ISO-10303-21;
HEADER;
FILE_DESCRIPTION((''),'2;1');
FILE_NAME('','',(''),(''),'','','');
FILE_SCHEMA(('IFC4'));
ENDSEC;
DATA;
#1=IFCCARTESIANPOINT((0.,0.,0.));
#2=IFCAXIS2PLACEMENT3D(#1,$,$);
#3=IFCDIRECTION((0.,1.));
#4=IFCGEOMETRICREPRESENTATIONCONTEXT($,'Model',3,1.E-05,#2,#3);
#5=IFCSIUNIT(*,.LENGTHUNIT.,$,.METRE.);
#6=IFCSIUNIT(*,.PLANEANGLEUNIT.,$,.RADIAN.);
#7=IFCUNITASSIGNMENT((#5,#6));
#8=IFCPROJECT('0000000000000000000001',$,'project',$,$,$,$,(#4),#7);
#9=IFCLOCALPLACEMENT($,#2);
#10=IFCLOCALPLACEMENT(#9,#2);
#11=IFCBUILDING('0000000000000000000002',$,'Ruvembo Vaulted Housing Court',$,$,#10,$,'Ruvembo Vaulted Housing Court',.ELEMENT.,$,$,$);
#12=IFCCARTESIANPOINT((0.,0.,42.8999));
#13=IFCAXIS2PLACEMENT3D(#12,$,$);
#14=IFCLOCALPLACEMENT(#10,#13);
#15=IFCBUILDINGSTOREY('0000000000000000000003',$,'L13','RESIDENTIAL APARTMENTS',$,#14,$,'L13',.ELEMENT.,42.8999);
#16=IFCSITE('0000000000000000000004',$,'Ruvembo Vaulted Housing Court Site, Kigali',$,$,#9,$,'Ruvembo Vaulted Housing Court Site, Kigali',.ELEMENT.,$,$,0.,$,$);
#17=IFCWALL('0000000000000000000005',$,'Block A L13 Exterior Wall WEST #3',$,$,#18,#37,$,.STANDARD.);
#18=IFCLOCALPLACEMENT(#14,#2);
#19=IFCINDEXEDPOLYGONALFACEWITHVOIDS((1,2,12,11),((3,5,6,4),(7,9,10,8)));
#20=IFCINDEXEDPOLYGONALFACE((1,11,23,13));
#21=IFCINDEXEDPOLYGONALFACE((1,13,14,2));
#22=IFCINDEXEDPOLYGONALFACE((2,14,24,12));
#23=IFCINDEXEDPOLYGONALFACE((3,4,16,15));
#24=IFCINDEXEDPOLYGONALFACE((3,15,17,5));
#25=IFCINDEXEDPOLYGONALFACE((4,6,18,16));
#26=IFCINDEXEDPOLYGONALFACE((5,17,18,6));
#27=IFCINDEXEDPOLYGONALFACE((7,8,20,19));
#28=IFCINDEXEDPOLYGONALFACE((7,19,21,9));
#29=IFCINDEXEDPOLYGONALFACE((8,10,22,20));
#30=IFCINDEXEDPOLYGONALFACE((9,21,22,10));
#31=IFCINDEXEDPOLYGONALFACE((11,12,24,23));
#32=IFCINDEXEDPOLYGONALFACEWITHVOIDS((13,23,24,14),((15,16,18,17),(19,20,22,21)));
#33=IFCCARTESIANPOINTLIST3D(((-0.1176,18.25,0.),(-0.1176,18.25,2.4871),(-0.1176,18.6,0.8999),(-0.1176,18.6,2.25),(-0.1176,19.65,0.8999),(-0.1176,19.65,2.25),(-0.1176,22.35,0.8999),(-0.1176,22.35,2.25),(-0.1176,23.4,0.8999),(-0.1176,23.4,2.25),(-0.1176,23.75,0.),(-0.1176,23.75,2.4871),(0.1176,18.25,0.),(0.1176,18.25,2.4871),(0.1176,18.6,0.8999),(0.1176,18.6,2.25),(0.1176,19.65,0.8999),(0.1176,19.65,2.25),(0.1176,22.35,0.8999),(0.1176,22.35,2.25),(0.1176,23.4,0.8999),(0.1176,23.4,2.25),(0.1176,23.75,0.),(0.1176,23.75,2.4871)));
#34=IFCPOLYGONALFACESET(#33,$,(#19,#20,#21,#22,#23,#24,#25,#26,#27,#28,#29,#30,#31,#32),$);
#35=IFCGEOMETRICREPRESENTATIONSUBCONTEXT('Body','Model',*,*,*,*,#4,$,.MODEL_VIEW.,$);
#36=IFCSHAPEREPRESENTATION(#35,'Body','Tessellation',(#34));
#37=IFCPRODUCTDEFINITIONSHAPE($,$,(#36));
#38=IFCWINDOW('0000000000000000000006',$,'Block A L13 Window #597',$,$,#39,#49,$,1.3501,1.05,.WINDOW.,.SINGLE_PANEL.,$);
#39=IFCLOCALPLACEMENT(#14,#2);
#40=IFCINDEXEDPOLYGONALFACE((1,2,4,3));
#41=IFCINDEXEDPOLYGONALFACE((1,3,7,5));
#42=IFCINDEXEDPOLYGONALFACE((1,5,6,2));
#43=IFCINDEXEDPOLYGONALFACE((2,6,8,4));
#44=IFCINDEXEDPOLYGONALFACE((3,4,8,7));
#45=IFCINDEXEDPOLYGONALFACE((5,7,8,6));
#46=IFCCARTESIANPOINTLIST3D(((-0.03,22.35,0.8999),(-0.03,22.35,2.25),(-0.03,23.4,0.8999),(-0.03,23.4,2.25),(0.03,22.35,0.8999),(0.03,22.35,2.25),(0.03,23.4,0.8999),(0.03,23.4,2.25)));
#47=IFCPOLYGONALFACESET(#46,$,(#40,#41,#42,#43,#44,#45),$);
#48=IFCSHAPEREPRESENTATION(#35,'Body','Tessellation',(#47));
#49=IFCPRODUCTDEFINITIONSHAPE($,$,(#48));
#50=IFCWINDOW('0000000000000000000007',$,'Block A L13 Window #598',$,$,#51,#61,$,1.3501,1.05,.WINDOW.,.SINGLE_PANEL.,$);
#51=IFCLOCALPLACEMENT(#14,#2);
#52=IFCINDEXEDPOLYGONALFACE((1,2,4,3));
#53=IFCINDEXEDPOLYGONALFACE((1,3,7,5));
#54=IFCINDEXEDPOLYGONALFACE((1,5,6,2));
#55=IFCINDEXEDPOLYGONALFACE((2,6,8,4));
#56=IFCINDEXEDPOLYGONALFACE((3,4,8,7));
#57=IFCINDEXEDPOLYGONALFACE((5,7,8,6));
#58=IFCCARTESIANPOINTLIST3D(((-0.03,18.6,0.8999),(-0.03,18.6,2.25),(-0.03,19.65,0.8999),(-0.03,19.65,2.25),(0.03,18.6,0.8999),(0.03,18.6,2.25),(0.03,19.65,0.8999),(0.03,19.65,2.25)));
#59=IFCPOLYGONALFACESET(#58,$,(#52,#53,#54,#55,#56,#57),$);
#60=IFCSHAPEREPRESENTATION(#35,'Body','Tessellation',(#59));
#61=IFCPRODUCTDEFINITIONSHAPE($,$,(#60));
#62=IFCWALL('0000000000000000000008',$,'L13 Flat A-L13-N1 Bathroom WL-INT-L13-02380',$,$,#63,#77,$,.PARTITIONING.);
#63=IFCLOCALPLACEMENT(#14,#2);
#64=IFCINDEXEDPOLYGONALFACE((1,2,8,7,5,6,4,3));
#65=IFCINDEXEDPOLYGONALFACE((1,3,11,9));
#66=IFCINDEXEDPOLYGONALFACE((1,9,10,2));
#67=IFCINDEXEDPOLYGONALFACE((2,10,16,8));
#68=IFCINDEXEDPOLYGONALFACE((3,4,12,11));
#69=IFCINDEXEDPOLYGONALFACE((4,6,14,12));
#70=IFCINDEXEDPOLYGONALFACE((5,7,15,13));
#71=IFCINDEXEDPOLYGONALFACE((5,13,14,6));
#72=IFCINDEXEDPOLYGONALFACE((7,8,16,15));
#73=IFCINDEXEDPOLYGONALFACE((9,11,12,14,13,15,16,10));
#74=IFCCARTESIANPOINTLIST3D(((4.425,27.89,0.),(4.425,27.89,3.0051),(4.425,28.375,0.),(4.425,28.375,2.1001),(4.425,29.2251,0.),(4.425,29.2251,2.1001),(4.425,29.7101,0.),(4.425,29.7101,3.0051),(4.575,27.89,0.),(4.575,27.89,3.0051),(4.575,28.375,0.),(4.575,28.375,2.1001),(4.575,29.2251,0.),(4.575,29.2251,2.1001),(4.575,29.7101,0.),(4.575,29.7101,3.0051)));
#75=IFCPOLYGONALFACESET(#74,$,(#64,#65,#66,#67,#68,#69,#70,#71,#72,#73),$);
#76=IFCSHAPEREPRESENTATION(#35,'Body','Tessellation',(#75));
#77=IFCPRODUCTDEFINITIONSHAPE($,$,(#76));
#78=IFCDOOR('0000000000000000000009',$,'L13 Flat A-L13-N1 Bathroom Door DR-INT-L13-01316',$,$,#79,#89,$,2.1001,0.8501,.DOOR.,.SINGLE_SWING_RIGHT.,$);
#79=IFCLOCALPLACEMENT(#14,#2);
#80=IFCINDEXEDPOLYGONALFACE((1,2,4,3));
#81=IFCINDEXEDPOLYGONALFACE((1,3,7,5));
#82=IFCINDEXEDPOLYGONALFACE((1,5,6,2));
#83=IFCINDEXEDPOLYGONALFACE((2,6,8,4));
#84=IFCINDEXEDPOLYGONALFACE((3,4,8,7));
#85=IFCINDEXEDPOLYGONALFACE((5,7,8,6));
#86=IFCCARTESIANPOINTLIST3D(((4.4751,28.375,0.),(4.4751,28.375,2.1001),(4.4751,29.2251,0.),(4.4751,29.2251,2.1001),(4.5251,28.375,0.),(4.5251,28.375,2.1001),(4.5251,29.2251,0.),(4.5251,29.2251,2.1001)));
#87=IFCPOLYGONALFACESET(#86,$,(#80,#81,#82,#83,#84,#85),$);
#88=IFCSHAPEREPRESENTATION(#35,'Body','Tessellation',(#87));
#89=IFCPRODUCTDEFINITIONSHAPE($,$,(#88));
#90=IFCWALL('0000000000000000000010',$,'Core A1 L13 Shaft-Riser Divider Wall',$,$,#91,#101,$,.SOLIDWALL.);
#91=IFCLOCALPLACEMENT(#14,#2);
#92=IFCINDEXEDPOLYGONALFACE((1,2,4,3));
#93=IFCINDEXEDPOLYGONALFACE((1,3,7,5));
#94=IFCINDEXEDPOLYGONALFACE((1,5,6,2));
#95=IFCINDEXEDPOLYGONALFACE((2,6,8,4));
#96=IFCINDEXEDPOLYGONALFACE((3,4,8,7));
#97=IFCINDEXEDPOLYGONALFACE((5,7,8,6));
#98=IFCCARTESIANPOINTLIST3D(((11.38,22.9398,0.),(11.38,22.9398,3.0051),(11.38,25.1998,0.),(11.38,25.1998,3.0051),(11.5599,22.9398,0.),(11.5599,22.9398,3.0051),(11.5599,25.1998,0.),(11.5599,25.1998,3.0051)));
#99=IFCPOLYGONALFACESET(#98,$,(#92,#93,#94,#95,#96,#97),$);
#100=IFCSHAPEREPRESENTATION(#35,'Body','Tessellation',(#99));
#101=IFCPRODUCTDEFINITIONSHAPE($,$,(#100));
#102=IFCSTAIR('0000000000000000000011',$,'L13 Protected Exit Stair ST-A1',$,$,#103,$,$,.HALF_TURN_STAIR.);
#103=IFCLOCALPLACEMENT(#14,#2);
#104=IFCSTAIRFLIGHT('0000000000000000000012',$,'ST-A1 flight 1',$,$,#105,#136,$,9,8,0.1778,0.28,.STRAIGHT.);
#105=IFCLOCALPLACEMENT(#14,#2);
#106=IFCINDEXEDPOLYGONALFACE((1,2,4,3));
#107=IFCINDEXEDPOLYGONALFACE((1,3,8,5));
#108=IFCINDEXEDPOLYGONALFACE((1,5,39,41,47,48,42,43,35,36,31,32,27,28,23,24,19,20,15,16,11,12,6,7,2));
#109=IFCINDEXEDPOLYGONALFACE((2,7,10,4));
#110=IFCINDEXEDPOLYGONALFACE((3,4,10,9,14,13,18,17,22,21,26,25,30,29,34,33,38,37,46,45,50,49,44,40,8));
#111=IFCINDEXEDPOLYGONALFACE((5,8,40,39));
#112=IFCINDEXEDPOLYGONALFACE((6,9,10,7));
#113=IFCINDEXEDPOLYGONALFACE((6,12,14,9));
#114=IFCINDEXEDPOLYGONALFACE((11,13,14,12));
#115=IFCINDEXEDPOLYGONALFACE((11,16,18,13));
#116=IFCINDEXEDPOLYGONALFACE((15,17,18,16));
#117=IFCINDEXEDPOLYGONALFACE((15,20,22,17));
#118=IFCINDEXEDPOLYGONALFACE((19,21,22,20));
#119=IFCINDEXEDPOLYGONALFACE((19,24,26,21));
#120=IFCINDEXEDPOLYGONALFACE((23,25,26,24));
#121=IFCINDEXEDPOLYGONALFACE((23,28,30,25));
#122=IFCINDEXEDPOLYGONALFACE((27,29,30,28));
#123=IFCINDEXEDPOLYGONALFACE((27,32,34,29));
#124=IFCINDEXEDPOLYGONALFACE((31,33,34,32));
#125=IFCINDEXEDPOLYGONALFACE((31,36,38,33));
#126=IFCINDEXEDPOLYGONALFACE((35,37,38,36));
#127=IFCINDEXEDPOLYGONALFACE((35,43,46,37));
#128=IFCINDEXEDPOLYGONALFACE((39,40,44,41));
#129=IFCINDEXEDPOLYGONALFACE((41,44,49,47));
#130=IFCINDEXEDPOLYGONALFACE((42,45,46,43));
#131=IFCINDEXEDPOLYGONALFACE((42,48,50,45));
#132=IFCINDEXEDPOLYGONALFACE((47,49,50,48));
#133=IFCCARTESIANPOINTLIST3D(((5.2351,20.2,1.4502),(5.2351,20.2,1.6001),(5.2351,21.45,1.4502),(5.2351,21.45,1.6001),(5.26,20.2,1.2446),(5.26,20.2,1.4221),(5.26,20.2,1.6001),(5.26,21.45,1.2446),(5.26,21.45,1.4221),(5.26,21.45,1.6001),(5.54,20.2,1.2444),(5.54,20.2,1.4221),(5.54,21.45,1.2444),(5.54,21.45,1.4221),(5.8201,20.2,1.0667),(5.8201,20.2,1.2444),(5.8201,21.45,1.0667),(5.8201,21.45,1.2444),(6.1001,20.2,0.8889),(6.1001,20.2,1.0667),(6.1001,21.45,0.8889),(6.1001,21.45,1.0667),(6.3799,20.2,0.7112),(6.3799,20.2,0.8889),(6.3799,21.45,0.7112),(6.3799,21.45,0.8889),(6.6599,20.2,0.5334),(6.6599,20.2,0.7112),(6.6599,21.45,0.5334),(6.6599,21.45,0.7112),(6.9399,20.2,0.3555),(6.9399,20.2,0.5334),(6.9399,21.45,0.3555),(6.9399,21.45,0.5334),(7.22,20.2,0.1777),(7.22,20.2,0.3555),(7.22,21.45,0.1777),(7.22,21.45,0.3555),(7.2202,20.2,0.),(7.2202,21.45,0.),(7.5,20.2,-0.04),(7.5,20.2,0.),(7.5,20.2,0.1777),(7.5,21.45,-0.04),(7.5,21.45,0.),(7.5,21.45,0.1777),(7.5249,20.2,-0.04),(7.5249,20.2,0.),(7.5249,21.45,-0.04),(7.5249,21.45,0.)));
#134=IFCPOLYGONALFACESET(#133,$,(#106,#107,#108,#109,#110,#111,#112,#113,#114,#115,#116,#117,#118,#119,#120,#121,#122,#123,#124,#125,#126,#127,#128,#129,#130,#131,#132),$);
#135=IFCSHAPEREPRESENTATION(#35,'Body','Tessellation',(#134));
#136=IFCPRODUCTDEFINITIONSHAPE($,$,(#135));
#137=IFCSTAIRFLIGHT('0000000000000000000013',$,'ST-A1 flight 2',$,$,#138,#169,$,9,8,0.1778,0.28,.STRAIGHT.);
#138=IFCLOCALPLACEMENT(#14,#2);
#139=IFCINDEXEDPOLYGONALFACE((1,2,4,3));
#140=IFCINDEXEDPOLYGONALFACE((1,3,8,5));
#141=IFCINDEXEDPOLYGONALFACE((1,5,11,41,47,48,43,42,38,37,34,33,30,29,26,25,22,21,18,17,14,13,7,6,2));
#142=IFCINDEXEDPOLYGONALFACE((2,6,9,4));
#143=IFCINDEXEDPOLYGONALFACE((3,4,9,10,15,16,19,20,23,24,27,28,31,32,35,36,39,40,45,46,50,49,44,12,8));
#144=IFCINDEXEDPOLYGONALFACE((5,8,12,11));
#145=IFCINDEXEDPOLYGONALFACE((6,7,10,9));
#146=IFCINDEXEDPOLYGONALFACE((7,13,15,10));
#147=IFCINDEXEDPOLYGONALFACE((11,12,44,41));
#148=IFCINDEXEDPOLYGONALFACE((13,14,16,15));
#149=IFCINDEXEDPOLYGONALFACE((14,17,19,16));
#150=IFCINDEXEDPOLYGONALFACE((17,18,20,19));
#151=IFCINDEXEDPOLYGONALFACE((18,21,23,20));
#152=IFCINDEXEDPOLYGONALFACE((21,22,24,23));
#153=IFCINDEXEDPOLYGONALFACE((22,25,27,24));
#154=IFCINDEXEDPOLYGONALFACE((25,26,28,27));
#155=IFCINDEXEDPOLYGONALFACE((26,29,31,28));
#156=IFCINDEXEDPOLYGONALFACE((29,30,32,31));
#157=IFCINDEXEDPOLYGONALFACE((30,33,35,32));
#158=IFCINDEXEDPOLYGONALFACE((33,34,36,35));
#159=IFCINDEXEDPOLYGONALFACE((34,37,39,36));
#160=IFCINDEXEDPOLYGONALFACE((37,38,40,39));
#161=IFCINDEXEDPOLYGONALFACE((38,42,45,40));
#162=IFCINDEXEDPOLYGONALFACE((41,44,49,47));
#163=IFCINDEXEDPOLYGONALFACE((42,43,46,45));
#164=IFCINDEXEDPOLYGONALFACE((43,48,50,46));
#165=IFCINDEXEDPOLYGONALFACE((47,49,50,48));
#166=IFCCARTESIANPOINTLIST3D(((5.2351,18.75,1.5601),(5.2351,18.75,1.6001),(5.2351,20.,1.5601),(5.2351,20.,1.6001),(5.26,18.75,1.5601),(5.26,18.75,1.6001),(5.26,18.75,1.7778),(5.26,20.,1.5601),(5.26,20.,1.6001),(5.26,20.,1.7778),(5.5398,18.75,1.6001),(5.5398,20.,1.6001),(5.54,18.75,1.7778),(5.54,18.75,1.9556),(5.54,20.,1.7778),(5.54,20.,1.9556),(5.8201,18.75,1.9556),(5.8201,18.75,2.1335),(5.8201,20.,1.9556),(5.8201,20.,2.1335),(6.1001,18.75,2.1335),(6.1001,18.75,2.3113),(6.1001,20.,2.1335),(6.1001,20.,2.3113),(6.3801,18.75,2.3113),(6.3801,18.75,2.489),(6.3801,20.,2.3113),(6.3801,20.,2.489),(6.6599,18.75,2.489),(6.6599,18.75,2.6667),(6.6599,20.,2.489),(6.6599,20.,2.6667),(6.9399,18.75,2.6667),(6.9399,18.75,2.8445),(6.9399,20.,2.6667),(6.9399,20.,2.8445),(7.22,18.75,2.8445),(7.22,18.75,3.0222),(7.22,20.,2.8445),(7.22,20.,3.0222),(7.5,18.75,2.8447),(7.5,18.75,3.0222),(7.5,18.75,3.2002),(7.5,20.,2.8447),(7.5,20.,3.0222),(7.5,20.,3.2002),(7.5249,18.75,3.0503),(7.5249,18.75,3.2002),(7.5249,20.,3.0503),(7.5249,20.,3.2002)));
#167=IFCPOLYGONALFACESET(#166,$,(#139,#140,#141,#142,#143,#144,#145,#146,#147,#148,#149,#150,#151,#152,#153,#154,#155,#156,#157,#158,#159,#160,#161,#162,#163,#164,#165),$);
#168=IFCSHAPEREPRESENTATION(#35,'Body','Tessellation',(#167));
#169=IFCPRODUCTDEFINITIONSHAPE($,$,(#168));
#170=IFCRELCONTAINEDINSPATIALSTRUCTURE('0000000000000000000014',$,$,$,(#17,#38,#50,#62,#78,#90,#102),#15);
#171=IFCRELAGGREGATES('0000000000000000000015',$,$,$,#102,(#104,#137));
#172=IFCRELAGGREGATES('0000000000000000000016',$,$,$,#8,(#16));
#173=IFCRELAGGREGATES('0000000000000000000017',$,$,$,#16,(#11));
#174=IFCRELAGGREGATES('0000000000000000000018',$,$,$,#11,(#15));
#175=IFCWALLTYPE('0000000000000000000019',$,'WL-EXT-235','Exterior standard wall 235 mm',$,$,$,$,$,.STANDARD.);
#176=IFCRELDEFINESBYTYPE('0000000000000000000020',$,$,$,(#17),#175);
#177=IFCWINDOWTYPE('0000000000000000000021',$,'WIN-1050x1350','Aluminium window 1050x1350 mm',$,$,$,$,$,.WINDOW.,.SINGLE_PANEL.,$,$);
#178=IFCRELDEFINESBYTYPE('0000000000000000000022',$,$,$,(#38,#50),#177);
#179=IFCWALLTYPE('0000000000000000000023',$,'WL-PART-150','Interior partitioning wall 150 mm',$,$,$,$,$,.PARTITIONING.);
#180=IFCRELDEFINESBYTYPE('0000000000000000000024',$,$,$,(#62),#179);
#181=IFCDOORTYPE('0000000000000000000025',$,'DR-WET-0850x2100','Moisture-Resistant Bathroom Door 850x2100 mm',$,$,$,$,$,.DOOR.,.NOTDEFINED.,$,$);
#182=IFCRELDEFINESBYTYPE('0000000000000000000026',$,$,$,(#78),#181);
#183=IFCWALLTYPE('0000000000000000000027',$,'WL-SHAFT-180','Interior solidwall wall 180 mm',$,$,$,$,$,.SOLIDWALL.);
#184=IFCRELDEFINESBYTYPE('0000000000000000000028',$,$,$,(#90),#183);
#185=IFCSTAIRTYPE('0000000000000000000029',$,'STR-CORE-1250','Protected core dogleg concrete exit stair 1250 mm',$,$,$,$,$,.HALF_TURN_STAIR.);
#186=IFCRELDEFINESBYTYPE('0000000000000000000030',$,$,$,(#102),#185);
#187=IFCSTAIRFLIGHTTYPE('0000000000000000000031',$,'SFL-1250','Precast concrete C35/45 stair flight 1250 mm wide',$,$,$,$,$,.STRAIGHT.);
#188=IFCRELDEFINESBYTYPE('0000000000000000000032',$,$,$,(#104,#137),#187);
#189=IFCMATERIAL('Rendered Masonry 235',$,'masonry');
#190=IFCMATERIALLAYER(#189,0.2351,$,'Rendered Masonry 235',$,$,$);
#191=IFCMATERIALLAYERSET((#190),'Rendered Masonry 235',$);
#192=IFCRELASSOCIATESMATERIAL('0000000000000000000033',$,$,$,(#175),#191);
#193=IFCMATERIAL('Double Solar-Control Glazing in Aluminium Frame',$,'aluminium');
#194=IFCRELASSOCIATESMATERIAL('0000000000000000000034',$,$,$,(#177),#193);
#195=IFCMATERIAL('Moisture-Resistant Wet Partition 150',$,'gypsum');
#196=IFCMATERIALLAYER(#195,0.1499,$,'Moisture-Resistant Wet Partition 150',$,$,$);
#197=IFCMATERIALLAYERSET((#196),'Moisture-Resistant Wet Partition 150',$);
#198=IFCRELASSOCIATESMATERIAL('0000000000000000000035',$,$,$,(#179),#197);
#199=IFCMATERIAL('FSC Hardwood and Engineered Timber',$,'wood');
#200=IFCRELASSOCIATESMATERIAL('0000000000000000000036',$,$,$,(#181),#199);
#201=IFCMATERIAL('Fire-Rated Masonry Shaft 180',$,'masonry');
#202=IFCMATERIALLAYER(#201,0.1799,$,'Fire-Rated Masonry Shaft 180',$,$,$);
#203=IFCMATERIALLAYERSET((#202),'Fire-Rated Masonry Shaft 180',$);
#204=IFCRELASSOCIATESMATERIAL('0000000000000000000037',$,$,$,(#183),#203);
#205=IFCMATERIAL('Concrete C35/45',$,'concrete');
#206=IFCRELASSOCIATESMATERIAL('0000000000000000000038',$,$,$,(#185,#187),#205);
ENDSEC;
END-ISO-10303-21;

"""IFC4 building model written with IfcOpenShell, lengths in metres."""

from ifc_helpers import new_model, si_unit, direction, frame, frame_2d, origin, place, context, subcontext, project, spatial, polyline, rectangle, outline, extrude, material, layer, layer_set, type_object, element, fill, aggregate, save


model = new_model("IFC4")

# Units and contexts
model_context = context("Model", 3, precision=1e-05, world=origin(), true_north=direction((0.0, 1.0)))
body_context = subcontext(model_context, "Body", "Model", "MODEL_VIEW")
ifc_project = project(units=[si_unit("LENGTHUNIT", "METRE"), si_unit("PLANEANGLEUNIT", "RADIAN")], contexts=[model_context])

# Site, building, storey
site_placement = place(None, origin())
site = spatial("IfcSite", under=ifc_project, at=site_placement, Name="Ruvembo Vaulted Housing Court Site, Kigali", LongName="Ruvembo Vaulted Housing Court Site, Kigali", CompositionType="ELEMENT", RefElevation=0.0)
building_placement = place(site_placement, origin())
building = spatial("IfcBuilding", under=site, at=building_placement, Name="Ruvembo Vaulted Housing Court", LongName="Ruvembo Vaulted Housing Court", CompositionType="ELEMENT")
storey_placement = place(building_placement, frame((0.0, 0.0, 42.8999)))
storey = spatial("IfcBuildingStorey", under=building, at=storey_placement, Name="L13", Description="RESIDENTIAL APARTMENTS", LongName="L13", CompositionType="ELEMENT", Elevation=42.8999)

# Shared definitions
ifc_material_1 = material(Name="Concrete C35/45", Category="concrete")

# Shared definitions
ifc_material_2 = material(Name="FSC Hardwood and Engineered Timber", Category="wood")

# Wall, openings, windows
ifc_material_3 = material(Name="Rendered Masonry 235", Category="masonry")
ifc_layer_1 = layer(ifc_material_3, 0.2351, Name="Rendered Masonry 235")
ifc_layer_set_1 = layer_set([ifc_layer_1], Name="Rendered Masonry 235")
wall_type_1 = type_object("IfcWallType", Name="WL-EXT-235", Description="Exterior standard wall 235 mm", PredefinedType="STANDARD", material=ifc_layer_set_1)
wall_1_placement = place(storey_placement, frame((0.0, 23.75, 0.0), z_axis=(0.0, 0.0, 1.0), x_axis=(0.0, -1.0, 0.0)))
wall_1 = element("IfcWall", 1, at=wall_1_placement, inside=storey, type_object=wall_type_1, Name="Block A L13 Exterior Wall WEST #3", PredefinedType="STANDARD", context=body_context, shape_type="SweptSolid", body=[
    extrude(rectangle(XDim=5.5, YDim=0.2351, at=frame_2d((2.75, 0.0))), origin(), (0.0, 0.0, 1.0), 2.4871),
])
opening_1_placement = place(wall_1_placement, frame((0.3501, 0.0, 0.8999)))
opening_1 = element("IfcOpeningElement", 2, at=opening_1_placement, cuts=wall_1, PredefinedType="OPENING", context=body_context, shape_type="SweptSolid", body=[
    extrude(rectangle(XDim=1.05, YDim=1.3501, at=frame_2d((0.5249, 0.675))), frame((0.0, 0.1274, 0.0), z_axis=(0.0, -1.0, 0.0), x_axis=(1.0, 0.0, 0.0)), (0.0, 0.0, 1.0), 0.2551),
])
opening_2_placement = place(wall_1_placement, frame((4.1001, 0.0, 0.8999)))
opening_2 = element("IfcOpeningElement", 3, at=opening_2_placement, cuts=wall_1, PredefinedType="OPENING", context=body_context, shape_type="SweptSolid", body=[
    extrude(rectangle(XDim=1.05, YDim=1.3501, at=frame_2d((0.5249, 0.675))), frame((0.0, 0.1274, 0.0), z_axis=(0.0, -1.0, 0.0), x_axis=(1.0, 0.0, 0.0)), (0.0, 0.0, 1.0), 0.2551),
])
ifc_material_4 = material(Name="Double Solar-Control Glazing in Aluminium Frame", Category="aluminium")
window_type = type_object("IfcWindowType", Name="WIN-1050x1350", Description="Aluminium window 1050x1350 mm", PartitioningType="SINGLE_PANEL", PredefinedType="WINDOW", material=ifc_material_4)
window_1_placement = place(opening_1_placement, origin())
window_1 = element("IfcWindow", 4, at=window_1_placement, inside=storey, type_object=window_type, Name="Block A L13 Window #597", OverallHeight=1.3501, OverallWidth=1.05, PartitioningType="SINGLE_PANEL", PredefinedType="WINDOW", context=body_context, shape_type="SweptSolid", body=[
    extrude(rectangle(XDim=1.05, YDim=1.3501, at=frame_2d((0.5249, 0.675))), frame((0.0, 0.03, 0.0), z_axis=(0.0, -1.0, 0.0), x_axis=(1.0, 0.0, 0.0)), (0.0, 0.0, 1.0), 0.0601),
])
fill(opening_1, window_1)
window_2_placement = place(opening_2_placement, origin())
window_2 = element("IfcWindow", 5, at=window_2_placement, inside=storey, type_object=window_type, Name="Block A L13 Window #598", OverallHeight=1.3501, OverallWidth=1.05, PartitioningType="SINGLE_PANEL", PredefinedType="WINDOW", context=body_context, shape_type="SweptSolid", body=[
    extrude(rectangle(XDim=1.05, YDim=1.3501, at=frame_2d((0.5249, 0.675))), frame((0.0, 0.03, 0.0), z_axis=(0.0, -1.0, 0.0), x_axis=(1.0, 0.0, 0.0)), (0.0, 0.0, 1.0), 0.0601),
])
fill(opening_2, window_2)

# Wall, opening, door
ifc_material_5 = material(Name="Moisture-Resistant Wet Partition 150", Category="gypsum")
ifc_layer_2 = layer(ifc_material_5, 0.1499, Name="Moisture-Resistant Wet Partition 150")
ifc_layer_set_2 = layer_set([ifc_layer_2], Name="Moisture-Resistant Wet Partition 150")
wall_type_2 = type_object("IfcWallType", Name="WL-PART-150", Description="Interior partitioning wall 150 mm", PredefinedType="PARTITIONING", material=ifc_layer_set_2)
wall_2_placement = place(storey_placement, frame((4.5, 27.8899, 0.0), z_axis=(0.0, 0.0, 1.0), x_axis=(0.0, 1.0, 0.0)))
wall_2 = element("IfcWall", 6, at=wall_2_placement, inside=storey, type_object=wall_type_2, Name="L13 Flat A-L13-N1 Bathroom WL-INT-L13-02380", PredefinedType="PARTITIONING", context=body_context, shape_type="SweptSolid", body=[
    extrude(rectangle(XDim=1.8201, YDim=0.1499, at=frame_2d((0.9102, 0.0))), origin(), (0.0, 0.0, 1.0), 3.0051),
])
opening_3_placement = place(wall_2_placement, frame((0.4851, 0.0, 0.0)))
opening_3 = element("IfcOpeningElement", 7, at=opening_3_placement, cuts=wall_2, PredefinedType="OPENING", context=body_context, shape_type="SweptSolid", body=[
    extrude(rectangle(XDim=0.8501, YDim=2.1001, at=frame_2d((0.425, 1.05))), frame((0.0, 0.085, 0.0), z_axis=(0.0, -1.0, 0.0), x_axis=(1.0, 0.0, 0.0)), (0.0, 0.0, 1.0), 0.1699),
])
door_type_1 = type_object("IfcDoorType", Name="DR-WET-0850x2100", Description="Moisture-Resistant Bathroom Door 850x2100 mm", OperationType="NOTDEFINED", PredefinedType="DOOR", material=ifc_material_2)
door_1_placement = place(opening_3_placement, origin())
door_1 = element("IfcDoor", 8, at=door_1_placement, inside=storey, type_object=door_type_1, Name="L13 Flat A-L13-N1 Bathroom Door DR-INT-L13-01316", OperationType="SINGLE_SWING_RIGHT", OverallHeight=2.1001, OverallWidth=0.8501, PredefinedType="DOOR", context=body_context, shape_type="SweptSolid", body=[
    extrude(rectangle(XDim=0.8501, YDim=2.1001, at=frame_2d((0.425, 1.05))), frame((0.0, 0.0249, 0.0), z_axis=(0.0, -1.0, 0.0), x_axis=(1.0, 0.0, 0.0)), (0.0, 0.0, 1.0), 0.05),
])
fill(opening_3, door_1)

# Shared definitions
ifc_material_6 = material(Name="Fire-Rated Masonry Shaft 180", Category="masonry")
ifc_layer_3 = layer(ifc_material_6, 0.1799, Name="Fire-Rated Masonry Shaft 180")
ifc_layer_set_3 = layer_set([ifc_layer_3], Name="Fire-Rated Masonry Shaft 180")
wall_type_3 = type_object("IfcWallType", Name="WL-SHAFT-180", Description="Interior solidwall wall 180 mm", PredefinedType="SOLIDWALL", material=ifc_layer_set_3)

# Wall
wall_3_placement = place(storey_placement, frame((11.47, 22.9399, 0.0), z_axis=(0.0, 0.0, 1.0), x_axis=(0.0, 1.0, 0.0)))
element("IfcWall", 9, at=wall_3_placement, inside=storey, type_object=wall_type_3, Name="Core A1 L13 Shaft-Riser Divider Wall", PredefinedType="SOLIDWALL", context=body_context, shape_type="SweptSolid", body=[
    extrude(rectangle(XDim=2.26, YDim=0.1799, at=frame_2d((1.1299, 0.0))), origin(), (0.0, 0.0, 1.0), 3.0051),
])

# Stair, stair flights
stair_type = type_object("IfcStairType", Name="STR-CORE-1250", Description="Protected core dogleg concrete exit stair 1250 mm", PredefinedType="HALF_TURN_STAIR", material=ifc_material_1)
stair_placement = place(storey_placement, origin())
stair = element("IfcStair", 10, at=stair_placement, inside=storey, type_object=stair_type, Name="L13 Protected Exit Stair ST-A1", PredefinedType="HALF_TURN_STAIR")
stair_flight_type = type_object("IfcStairFlightType", Name="SFL-1250", Description="Precast concrete C35/45 stair flight 1250 mm wide", PredefinedType="STRAIGHT", material=ifc_material_1)
stair_flight_1_placement = place(storey_placement, frame((7.5, 20.825, 0.0), z_axis=(0.0, 0.0, 1.0), x_axis=(-1.0, 0.0, 0.0)))
stair_flight_1 = element("IfcStairFlight", 11, at=stair_flight_1_placement, type_object=stair_flight_type, Name="ST-A1 flight 1", NumberOfRisers=9, NumberOfTreads=8, PredefinedType="STRAIGHT", RiserHeight=0.1778, TreadLength=0.28, context=body_context, shape_type="SweptSolid", body=[
    extrude(outline(polyline([(-0.0249, -0.04), (-0.0249, 0.0), (0.0, 0.0), (0.0, 0.1777), (0.28, 0.1777), (0.28, 0.3555), (0.5601, 0.3555), (0.5601, 0.5334), (0.8401, 0.5334), (0.8401, 0.7112), (1.1201, 0.7112), (1.1201, 0.8889), (1.3999, 0.8889), (1.3999, 1.0667), (1.6799, 1.0667), (1.6799, 1.2444), (1.96, 1.2444), (1.96, 1.4221), (2.24, 1.4221), (2.24, 1.6001), (2.2649, 1.6001), (2.2649, 1.4502), (2.24, 1.2446), (0.2798, 0.0), (0.0, -0.04), (-0.0249, -0.04)])), frame((0.0, 0.625, 0.0), z_axis=(0.0, -1.0, 0.0), x_axis=(1.0, 0.0, 0.0)), (0.0, 0.0, 1.0), 1.25),
])
stair_flight_2_placement = place(storey_placement, frame((5.26, 19.375, 1.6001), z_axis=(0.0, 0.0, 1.0), x_axis=(1.0, 0.0, 0.0)))
stair_flight_2 = element("IfcStairFlight", 12, at=stair_flight_2_placement, type_object=stair_flight_type, Name="ST-A1 flight 2", NumberOfRisers=9, NumberOfTreads=8, PredefinedType="STRAIGHT", RiserHeight=0.1778, TreadLength=0.28, context=body_context, shape_type="SweptSolid", body=[
    extrude(outline(polyline([(-0.0249, -0.04), (-0.0249, 0.0), (0.0, 0.0), (0.0, 0.1777), (0.28, 0.1777), (0.28, 0.3555), (0.5601, 0.3555), (0.5601, 0.5334), (0.8401, 0.5334), (0.8401, 0.7112), (1.1201, 0.7112), (1.1201, 0.8889), (1.3999, 0.8889), (1.3999, 1.0667), (1.6799, 1.0667), (1.6799, 1.2444), (1.96, 1.2444), (1.96, 1.4221), (2.24, 1.4221), (2.24, 1.6001), (2.2649, 1.6001), (2.2649, 1.4502), (2.24, 1.2446), (0.2798, 0.0), (0.0, -0.04), (-0.0249, -0.04)])), frame((0.0, 0.625, 0.0), z_axis=(0.0, -1.0, 0.0), x_axis=(1.0, 0.0, 0.0)), (0.0, 0.0, 1.0), 1.25),
])
aggregate(stair, [stair_flight_1, stair_flight_2])

save(model, "model.ifc")
